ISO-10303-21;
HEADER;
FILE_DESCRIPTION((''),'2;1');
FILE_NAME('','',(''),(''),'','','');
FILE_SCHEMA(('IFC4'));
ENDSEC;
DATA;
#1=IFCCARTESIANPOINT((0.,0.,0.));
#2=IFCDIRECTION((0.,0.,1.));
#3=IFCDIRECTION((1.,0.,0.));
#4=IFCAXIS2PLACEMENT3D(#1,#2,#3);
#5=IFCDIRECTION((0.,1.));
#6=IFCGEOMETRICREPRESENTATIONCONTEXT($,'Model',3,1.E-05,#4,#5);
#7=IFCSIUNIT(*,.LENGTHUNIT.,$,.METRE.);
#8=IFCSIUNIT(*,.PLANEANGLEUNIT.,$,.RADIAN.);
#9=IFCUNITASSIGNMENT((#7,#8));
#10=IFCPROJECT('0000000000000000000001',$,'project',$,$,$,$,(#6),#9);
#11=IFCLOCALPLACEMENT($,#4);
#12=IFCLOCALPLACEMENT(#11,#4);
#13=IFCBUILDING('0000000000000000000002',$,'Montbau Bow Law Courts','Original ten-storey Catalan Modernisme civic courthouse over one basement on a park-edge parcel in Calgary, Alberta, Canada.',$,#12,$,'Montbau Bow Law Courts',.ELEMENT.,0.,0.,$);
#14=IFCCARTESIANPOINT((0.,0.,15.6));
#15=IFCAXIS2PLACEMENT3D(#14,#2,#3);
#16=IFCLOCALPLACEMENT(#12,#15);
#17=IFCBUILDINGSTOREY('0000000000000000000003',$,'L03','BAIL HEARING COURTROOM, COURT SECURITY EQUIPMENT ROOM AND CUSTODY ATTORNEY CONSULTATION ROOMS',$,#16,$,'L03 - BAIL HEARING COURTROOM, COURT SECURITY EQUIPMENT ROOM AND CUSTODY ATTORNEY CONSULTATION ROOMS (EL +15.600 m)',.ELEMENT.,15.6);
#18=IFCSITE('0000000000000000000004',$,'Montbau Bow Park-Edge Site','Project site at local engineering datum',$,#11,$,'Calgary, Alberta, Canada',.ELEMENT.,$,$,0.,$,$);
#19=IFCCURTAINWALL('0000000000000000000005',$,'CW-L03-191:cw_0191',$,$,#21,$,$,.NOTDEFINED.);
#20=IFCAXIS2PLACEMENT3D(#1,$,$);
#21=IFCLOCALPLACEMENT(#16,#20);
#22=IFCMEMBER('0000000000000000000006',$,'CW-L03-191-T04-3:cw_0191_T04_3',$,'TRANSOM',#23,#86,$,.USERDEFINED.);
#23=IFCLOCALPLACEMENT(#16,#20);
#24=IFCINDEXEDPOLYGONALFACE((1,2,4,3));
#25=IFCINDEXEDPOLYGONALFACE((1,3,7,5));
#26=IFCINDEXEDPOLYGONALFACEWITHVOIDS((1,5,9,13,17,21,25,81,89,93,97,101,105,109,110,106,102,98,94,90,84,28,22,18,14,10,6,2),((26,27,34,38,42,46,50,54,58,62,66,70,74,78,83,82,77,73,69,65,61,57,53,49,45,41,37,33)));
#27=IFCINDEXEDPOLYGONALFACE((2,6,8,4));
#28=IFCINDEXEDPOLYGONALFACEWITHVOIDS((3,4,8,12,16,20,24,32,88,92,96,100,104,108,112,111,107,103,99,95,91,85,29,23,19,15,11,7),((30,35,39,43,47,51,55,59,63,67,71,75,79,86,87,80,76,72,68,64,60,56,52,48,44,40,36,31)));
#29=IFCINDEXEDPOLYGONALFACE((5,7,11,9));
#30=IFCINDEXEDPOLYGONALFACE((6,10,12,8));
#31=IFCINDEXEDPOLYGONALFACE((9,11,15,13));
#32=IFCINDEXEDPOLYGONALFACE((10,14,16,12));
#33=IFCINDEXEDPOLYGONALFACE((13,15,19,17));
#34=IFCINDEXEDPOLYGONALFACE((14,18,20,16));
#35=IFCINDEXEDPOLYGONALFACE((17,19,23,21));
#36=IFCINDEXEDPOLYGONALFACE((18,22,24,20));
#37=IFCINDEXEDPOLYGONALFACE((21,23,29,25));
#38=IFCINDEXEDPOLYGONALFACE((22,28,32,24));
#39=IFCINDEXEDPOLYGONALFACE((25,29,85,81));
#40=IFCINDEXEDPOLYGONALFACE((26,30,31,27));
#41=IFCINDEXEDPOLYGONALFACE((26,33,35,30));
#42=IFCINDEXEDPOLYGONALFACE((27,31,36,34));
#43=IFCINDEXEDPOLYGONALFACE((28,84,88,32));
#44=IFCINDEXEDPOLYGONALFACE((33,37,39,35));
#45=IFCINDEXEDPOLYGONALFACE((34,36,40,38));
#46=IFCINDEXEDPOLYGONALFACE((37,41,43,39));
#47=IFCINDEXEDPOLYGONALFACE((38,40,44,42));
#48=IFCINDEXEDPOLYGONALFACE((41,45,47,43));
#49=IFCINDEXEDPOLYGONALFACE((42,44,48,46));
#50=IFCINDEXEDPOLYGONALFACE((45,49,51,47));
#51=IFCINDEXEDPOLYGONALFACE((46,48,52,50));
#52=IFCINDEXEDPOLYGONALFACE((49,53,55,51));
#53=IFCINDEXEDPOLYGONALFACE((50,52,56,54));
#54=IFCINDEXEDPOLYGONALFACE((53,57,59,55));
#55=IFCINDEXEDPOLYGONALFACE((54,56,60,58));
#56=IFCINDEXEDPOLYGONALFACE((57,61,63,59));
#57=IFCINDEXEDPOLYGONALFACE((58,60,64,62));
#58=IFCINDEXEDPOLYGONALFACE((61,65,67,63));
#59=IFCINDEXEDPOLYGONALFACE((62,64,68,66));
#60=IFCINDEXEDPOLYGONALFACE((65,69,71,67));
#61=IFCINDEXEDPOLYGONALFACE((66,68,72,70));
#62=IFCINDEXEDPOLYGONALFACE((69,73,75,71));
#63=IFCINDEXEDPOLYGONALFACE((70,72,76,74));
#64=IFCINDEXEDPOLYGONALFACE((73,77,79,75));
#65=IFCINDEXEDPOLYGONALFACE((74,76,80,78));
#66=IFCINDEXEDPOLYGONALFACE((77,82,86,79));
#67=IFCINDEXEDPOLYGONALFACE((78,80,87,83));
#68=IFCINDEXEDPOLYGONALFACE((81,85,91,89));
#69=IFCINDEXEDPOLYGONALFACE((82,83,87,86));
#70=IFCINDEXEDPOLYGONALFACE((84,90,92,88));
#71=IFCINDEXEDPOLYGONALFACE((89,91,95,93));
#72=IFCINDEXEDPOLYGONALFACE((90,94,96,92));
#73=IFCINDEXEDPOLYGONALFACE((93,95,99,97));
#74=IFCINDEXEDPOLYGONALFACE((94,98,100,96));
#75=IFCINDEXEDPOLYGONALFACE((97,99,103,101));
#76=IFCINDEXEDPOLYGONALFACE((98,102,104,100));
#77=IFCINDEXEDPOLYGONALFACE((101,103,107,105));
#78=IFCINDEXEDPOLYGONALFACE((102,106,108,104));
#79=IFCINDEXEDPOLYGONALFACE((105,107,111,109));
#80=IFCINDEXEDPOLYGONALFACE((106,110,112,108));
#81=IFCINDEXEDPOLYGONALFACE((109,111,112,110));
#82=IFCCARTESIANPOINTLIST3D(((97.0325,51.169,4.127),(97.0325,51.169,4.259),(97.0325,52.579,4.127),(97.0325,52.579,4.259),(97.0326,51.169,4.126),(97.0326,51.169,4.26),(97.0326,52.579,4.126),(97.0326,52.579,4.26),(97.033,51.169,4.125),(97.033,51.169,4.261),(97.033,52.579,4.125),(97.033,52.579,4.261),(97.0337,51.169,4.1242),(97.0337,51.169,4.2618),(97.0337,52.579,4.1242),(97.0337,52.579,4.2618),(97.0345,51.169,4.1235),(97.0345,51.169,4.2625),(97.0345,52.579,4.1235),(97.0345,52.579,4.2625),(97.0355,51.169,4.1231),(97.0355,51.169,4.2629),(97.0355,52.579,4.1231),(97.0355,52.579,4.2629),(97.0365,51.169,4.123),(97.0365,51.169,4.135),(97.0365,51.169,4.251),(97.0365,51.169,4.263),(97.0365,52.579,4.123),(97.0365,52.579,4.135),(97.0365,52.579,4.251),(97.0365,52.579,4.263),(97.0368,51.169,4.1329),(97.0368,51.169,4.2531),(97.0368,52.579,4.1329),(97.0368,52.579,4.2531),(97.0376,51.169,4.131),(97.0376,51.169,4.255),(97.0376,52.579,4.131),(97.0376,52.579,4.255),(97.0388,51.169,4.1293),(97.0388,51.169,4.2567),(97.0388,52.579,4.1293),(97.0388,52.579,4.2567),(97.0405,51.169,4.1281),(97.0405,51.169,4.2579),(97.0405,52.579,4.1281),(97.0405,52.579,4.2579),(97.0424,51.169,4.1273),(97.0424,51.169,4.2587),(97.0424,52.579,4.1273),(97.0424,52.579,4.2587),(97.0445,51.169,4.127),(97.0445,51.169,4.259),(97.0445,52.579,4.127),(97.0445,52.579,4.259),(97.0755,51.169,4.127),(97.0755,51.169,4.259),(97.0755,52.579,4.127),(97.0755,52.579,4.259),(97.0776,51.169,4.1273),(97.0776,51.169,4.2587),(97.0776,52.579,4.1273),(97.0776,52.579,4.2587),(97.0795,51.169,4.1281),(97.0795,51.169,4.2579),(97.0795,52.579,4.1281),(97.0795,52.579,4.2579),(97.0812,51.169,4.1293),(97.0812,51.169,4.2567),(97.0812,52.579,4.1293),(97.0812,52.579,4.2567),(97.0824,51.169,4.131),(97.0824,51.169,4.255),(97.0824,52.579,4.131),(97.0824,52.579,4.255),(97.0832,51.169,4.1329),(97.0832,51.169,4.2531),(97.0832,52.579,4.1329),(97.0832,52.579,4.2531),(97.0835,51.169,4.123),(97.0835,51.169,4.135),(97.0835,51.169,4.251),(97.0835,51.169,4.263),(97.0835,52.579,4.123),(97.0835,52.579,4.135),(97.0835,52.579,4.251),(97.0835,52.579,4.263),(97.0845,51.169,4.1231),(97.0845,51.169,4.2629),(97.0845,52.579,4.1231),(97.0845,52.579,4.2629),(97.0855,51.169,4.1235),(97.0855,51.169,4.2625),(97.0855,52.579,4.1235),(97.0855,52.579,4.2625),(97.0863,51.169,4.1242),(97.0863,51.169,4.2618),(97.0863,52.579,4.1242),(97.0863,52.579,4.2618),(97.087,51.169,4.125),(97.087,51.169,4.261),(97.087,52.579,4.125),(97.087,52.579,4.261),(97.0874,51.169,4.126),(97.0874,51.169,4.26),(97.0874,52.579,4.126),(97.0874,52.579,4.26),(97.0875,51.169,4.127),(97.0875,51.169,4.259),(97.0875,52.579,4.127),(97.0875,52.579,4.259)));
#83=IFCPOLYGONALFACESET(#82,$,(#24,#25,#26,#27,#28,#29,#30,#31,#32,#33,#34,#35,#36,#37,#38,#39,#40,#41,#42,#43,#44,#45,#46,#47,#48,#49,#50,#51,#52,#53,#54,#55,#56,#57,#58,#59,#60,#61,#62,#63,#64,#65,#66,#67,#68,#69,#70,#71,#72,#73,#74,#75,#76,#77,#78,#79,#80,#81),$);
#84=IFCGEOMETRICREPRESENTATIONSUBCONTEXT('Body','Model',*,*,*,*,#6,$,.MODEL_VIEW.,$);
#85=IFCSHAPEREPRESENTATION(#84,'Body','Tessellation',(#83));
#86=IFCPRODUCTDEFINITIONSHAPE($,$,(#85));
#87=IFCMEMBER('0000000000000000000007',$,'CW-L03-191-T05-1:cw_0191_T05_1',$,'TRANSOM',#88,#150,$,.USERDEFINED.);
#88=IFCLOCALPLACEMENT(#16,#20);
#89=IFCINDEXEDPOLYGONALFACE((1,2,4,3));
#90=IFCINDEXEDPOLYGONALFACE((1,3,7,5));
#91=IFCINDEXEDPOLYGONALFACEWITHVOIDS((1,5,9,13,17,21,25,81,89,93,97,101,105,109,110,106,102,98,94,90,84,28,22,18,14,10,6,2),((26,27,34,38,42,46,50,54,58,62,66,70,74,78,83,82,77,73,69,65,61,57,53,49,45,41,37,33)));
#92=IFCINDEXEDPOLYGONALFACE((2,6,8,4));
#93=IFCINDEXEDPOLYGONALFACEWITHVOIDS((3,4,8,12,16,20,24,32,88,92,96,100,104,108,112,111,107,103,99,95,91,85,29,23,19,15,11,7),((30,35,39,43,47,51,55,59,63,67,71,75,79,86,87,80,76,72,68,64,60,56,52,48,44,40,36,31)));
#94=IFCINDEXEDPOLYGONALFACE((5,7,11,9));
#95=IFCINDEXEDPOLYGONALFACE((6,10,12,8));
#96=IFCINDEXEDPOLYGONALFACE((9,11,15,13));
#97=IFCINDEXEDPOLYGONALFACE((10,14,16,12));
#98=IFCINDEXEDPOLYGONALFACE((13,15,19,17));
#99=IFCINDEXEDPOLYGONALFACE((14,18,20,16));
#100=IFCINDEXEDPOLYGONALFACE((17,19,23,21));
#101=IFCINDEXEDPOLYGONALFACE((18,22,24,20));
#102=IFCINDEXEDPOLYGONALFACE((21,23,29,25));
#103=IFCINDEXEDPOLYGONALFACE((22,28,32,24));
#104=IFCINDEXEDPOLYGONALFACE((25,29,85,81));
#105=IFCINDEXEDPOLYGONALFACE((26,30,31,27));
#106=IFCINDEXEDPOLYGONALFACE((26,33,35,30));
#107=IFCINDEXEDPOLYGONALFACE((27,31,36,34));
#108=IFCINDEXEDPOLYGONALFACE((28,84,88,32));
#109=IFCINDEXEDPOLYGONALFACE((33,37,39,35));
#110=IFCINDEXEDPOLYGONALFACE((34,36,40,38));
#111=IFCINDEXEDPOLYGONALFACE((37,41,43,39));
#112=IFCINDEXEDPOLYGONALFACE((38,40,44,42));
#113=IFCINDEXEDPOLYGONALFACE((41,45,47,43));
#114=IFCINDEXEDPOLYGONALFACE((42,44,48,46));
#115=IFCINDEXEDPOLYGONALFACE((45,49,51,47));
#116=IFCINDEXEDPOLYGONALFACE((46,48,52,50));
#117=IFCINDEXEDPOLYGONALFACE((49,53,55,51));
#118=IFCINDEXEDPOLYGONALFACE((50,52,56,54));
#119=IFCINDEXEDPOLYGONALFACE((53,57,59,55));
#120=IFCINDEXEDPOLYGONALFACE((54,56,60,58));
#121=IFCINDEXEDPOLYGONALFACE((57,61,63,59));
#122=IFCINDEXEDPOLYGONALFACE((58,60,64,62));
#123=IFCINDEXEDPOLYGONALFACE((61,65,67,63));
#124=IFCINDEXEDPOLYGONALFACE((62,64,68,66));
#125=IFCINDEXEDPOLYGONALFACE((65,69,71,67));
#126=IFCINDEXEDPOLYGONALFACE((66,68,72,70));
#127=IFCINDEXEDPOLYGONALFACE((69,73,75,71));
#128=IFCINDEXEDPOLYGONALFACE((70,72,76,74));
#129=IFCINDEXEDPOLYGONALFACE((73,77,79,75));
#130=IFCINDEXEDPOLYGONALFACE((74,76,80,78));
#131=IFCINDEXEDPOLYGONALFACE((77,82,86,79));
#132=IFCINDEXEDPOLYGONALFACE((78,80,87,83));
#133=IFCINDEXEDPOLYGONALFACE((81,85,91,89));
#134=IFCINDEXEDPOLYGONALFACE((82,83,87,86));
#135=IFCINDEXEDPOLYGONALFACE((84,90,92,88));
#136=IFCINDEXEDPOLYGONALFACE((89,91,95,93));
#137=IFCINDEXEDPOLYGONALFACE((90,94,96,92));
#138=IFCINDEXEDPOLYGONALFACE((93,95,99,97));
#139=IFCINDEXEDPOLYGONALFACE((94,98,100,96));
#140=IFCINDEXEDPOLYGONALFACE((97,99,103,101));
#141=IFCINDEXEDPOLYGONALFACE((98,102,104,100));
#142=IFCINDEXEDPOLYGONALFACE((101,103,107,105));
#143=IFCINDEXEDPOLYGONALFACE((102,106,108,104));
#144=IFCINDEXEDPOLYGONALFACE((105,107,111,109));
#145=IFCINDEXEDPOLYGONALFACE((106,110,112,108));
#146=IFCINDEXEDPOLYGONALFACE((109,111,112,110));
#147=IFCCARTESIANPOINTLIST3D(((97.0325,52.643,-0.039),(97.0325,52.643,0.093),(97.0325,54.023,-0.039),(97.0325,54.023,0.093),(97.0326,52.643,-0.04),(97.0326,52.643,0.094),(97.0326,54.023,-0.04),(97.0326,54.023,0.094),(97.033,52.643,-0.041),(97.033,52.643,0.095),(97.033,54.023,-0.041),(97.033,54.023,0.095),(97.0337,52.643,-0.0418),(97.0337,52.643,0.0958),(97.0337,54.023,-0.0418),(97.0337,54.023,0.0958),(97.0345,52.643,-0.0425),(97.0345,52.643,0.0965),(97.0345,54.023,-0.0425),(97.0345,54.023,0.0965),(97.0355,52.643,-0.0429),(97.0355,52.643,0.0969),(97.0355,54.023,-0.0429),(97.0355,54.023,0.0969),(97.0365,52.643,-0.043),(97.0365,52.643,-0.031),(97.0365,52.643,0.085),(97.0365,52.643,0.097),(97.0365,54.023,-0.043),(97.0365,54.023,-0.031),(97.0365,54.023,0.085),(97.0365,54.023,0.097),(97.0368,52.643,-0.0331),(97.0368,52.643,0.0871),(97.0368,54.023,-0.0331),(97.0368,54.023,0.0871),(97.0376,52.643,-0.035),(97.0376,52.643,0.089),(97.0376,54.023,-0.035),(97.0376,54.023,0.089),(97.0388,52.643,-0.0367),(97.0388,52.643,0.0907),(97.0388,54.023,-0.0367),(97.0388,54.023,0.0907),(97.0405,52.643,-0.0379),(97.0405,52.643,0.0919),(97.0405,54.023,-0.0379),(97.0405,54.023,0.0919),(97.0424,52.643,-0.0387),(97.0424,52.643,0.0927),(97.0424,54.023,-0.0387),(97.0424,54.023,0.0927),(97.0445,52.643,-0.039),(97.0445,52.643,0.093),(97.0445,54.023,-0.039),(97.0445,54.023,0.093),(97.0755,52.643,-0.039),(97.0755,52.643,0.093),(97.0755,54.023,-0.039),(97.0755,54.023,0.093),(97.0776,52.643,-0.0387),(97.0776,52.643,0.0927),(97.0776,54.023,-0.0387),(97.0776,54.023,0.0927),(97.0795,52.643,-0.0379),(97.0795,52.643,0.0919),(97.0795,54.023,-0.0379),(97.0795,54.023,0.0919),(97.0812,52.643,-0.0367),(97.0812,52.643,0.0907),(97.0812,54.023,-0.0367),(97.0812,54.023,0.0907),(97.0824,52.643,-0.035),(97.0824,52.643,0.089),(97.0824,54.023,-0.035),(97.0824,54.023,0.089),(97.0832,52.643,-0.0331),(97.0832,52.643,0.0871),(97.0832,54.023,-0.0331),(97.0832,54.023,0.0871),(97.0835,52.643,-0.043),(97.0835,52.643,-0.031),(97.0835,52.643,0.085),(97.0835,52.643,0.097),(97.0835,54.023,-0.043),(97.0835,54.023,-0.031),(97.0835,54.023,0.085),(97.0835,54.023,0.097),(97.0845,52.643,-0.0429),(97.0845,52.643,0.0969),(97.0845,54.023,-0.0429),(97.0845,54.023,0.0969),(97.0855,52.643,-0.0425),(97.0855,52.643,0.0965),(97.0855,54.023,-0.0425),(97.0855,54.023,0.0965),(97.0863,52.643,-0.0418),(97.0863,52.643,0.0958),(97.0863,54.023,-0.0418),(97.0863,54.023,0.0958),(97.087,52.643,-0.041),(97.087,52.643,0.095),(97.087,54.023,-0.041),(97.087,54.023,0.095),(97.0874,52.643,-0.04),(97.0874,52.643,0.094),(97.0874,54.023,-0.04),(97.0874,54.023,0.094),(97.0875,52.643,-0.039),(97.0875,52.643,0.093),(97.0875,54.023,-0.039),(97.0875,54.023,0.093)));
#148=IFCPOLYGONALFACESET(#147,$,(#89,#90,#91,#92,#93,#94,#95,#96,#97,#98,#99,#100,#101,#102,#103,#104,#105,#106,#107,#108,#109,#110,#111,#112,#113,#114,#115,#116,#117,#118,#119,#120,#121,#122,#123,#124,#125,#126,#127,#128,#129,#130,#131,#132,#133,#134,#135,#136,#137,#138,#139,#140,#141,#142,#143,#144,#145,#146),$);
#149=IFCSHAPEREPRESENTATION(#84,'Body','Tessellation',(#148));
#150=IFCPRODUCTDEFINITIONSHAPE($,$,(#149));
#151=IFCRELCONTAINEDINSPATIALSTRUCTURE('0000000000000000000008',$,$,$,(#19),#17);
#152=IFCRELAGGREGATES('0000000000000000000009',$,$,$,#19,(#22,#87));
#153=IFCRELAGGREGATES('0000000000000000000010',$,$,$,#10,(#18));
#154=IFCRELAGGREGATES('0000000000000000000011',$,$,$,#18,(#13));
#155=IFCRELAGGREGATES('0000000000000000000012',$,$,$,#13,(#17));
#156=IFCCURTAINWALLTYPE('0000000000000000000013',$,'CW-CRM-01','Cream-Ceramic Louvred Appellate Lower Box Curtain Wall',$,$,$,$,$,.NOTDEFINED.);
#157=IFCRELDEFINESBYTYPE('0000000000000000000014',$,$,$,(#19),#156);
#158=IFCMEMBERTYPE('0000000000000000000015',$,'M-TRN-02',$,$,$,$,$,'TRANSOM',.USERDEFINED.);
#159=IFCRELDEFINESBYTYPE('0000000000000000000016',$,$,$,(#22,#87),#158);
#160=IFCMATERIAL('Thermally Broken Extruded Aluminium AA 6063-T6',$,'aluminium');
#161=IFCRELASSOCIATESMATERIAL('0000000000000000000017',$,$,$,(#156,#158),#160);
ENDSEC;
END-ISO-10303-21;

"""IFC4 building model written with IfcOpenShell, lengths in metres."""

from ifc_helpers import new_model, si_unit, direction, frame, origin_with_axes, origin_2d_with_axis, place, context, subcontext, project, spatial, hollow_rectangle, extrude, material, material_profile, profile_set, type_object, element, aggregate, save


model = new_model("IFC4")

# Units and contexts
model_context = context("Model", 3, precision=1e-05, world=origin_with_axes(), true_north=direction((0.0, 1.0)))
body_context = subcontext(model_context, "Body", "Model", "MODEL_VIEW")
ifc_project = project(units=[si_unit("LENGTHUNIT", "METRE"), si_unit("PLANEANGLEUNIT", "RADIAN")], contexts=[model_context])

# Site, building, storey
site_placement = place(None, origin_with_axes())
site = spatial("IfcSite", under=ifc_project, at=site_placement, Name="Montbau Bow Park-Edge Site", Description="Project site at local engineering datum", LongName="Calgary, Alberta, Canada", CompositionType="ELEMENT", RefElevation=0.0)
building_placement = place(site_placement, origin_with_axes())
building = spatial("IfcBuilding", under=site, at=building_placement, Name="Montbau Bow Law Courts", Description="Original ten-storey Catalan Modernisme civic courthouse over one basement on a park-edge parcel in Calgary, Alberta, Canada.", LongName="Montbau Bow Law Courts", CompositionType="ELEMENT", ElevationOfRefHeight=0.0, ElevationOfTerrain=0.0)
storey_placement = place(building_placement, frame((0.0, 0.0, 15.6), z_axis=(0.0, 0.0, 1.0), x_axis=(1.0, 0.0, 0.0)))
storey = spatial("IfcBuildingStorey", under=building, at=storey_placement, Name="L03", Description="BAIL HEARING COURTROOM, COURT SECURITY EQUIPMENT ROOM AND CUSTODY ATTORNEY CONSULTATION ROOMS", LongName="L03 - BAIL HEARING COURTROOM, COURT SECURITY EQUIPMENT ROOM AND CUSTODY ATTORNEY CONSULTATION ROOMS (EL +15.600 m)", CompositionType="ELEMENT", Elevation=15.6)

# Curtain wall, members
ifc_material_1 = material(Name="Thermally Broken Extruded Aluminium AA 6063-T6", Category="aluminium")
curtain_wall_type = type_object("IfcCurtainWallType", Name="CW-CRM-01", Description="Cream-Ceramic Louvred Appellate Lower Box Curtain Wall", PredefinedType="NOTDEFINED", material=ifc_material_1)
curtain_wall_placement = place(None, frame((97.06, 46.715, 15.6), z_axis=(0.0, 0.0, 1.0), x_axis=(1.0, 0.0, 0.0)))
curtain_wall = element("IfcCurtainWall", 1, at=curtain_wall_placement, inside=storey, type_object=curtain_wall_type, Name="CW-L03-191:cw_0191", PredefinedType="NOTDEFINED")
ifc_material_profile_1 = material_profile(ifc_material_1, hollow_rectangle(XDim=0.055, YDim=0.14, WallThickness=0.004, InnerFilletRadius=0.008, OuterFilletRadius=0.004, at=origin_2d_with_axis()), Name="CWT-140X55", Category="Main", Priority=0)
ifc_profile_set_1 = profile_set([ifc_material_profile_1], Name="Thermally Broken Extruded Aluminium AA 6063-T6")
member_type_1 = type_object("IfcMemberType", Name="M-TRN-02", ElementType="TRANSOM", PredefinedType="USERDEFINED", material=ifc_profile_set_1)
member_1_placement = place(None, frame((97.06, 51.169, 19.793), z_axis=(0.0, 1.0, 0.0), x_axis=(-1.0, 0.0, 0.0)))
member_1 = element("IfcMember", 2, at=member_1_placement, type_object=member_type_1, Name="CW-L03-191-T04-3:cw_0191_T04_3", ObjectType="TRANSOM", PredefinedType="USERDEFINED", context=body_context, shape_type="SweptSolid", body=[
    extrude(hollow_rectangle(XDim=0.055, YDim=0.14, WallThickness=0.004, InnerFilletRadius=0.008, OuterFilletRadius=0.004, at=origin_2d_with_axis()), origin_with_axes(), (0.0, 0.0, 1.0), 1.41),
])
member_2_placement = place(None, frame((97.06, 52.643, 15.627), z_axis=(0.0, 1.0, 0.0), x_axis=(-1.0, 0.0, 0.0)))
member_2 = element("IfcMember", 3, at=member_2_placement, type_object=member_type_1, Name="CW-L03-191-T05-1:cw_0191_T05_1", ObjectType="TRANSOM", PredefinedType="USERDEFINED", context=body_context, shape_type="SweptSolid", body=[
    extrude(hollow_rectangle(XDim=0.055, YDim=0.14, WallThickness=0.004, InnerFilletRadius=0.008, OuterFilletRadius=0.004, at=origin_2d_with_axis()), origin_with_axes(), (0.0, 0.0, 1.0), 1.38),
])
aggregate(curtain_wall, [member_1, member_2])

save(model, "model.ifc")
